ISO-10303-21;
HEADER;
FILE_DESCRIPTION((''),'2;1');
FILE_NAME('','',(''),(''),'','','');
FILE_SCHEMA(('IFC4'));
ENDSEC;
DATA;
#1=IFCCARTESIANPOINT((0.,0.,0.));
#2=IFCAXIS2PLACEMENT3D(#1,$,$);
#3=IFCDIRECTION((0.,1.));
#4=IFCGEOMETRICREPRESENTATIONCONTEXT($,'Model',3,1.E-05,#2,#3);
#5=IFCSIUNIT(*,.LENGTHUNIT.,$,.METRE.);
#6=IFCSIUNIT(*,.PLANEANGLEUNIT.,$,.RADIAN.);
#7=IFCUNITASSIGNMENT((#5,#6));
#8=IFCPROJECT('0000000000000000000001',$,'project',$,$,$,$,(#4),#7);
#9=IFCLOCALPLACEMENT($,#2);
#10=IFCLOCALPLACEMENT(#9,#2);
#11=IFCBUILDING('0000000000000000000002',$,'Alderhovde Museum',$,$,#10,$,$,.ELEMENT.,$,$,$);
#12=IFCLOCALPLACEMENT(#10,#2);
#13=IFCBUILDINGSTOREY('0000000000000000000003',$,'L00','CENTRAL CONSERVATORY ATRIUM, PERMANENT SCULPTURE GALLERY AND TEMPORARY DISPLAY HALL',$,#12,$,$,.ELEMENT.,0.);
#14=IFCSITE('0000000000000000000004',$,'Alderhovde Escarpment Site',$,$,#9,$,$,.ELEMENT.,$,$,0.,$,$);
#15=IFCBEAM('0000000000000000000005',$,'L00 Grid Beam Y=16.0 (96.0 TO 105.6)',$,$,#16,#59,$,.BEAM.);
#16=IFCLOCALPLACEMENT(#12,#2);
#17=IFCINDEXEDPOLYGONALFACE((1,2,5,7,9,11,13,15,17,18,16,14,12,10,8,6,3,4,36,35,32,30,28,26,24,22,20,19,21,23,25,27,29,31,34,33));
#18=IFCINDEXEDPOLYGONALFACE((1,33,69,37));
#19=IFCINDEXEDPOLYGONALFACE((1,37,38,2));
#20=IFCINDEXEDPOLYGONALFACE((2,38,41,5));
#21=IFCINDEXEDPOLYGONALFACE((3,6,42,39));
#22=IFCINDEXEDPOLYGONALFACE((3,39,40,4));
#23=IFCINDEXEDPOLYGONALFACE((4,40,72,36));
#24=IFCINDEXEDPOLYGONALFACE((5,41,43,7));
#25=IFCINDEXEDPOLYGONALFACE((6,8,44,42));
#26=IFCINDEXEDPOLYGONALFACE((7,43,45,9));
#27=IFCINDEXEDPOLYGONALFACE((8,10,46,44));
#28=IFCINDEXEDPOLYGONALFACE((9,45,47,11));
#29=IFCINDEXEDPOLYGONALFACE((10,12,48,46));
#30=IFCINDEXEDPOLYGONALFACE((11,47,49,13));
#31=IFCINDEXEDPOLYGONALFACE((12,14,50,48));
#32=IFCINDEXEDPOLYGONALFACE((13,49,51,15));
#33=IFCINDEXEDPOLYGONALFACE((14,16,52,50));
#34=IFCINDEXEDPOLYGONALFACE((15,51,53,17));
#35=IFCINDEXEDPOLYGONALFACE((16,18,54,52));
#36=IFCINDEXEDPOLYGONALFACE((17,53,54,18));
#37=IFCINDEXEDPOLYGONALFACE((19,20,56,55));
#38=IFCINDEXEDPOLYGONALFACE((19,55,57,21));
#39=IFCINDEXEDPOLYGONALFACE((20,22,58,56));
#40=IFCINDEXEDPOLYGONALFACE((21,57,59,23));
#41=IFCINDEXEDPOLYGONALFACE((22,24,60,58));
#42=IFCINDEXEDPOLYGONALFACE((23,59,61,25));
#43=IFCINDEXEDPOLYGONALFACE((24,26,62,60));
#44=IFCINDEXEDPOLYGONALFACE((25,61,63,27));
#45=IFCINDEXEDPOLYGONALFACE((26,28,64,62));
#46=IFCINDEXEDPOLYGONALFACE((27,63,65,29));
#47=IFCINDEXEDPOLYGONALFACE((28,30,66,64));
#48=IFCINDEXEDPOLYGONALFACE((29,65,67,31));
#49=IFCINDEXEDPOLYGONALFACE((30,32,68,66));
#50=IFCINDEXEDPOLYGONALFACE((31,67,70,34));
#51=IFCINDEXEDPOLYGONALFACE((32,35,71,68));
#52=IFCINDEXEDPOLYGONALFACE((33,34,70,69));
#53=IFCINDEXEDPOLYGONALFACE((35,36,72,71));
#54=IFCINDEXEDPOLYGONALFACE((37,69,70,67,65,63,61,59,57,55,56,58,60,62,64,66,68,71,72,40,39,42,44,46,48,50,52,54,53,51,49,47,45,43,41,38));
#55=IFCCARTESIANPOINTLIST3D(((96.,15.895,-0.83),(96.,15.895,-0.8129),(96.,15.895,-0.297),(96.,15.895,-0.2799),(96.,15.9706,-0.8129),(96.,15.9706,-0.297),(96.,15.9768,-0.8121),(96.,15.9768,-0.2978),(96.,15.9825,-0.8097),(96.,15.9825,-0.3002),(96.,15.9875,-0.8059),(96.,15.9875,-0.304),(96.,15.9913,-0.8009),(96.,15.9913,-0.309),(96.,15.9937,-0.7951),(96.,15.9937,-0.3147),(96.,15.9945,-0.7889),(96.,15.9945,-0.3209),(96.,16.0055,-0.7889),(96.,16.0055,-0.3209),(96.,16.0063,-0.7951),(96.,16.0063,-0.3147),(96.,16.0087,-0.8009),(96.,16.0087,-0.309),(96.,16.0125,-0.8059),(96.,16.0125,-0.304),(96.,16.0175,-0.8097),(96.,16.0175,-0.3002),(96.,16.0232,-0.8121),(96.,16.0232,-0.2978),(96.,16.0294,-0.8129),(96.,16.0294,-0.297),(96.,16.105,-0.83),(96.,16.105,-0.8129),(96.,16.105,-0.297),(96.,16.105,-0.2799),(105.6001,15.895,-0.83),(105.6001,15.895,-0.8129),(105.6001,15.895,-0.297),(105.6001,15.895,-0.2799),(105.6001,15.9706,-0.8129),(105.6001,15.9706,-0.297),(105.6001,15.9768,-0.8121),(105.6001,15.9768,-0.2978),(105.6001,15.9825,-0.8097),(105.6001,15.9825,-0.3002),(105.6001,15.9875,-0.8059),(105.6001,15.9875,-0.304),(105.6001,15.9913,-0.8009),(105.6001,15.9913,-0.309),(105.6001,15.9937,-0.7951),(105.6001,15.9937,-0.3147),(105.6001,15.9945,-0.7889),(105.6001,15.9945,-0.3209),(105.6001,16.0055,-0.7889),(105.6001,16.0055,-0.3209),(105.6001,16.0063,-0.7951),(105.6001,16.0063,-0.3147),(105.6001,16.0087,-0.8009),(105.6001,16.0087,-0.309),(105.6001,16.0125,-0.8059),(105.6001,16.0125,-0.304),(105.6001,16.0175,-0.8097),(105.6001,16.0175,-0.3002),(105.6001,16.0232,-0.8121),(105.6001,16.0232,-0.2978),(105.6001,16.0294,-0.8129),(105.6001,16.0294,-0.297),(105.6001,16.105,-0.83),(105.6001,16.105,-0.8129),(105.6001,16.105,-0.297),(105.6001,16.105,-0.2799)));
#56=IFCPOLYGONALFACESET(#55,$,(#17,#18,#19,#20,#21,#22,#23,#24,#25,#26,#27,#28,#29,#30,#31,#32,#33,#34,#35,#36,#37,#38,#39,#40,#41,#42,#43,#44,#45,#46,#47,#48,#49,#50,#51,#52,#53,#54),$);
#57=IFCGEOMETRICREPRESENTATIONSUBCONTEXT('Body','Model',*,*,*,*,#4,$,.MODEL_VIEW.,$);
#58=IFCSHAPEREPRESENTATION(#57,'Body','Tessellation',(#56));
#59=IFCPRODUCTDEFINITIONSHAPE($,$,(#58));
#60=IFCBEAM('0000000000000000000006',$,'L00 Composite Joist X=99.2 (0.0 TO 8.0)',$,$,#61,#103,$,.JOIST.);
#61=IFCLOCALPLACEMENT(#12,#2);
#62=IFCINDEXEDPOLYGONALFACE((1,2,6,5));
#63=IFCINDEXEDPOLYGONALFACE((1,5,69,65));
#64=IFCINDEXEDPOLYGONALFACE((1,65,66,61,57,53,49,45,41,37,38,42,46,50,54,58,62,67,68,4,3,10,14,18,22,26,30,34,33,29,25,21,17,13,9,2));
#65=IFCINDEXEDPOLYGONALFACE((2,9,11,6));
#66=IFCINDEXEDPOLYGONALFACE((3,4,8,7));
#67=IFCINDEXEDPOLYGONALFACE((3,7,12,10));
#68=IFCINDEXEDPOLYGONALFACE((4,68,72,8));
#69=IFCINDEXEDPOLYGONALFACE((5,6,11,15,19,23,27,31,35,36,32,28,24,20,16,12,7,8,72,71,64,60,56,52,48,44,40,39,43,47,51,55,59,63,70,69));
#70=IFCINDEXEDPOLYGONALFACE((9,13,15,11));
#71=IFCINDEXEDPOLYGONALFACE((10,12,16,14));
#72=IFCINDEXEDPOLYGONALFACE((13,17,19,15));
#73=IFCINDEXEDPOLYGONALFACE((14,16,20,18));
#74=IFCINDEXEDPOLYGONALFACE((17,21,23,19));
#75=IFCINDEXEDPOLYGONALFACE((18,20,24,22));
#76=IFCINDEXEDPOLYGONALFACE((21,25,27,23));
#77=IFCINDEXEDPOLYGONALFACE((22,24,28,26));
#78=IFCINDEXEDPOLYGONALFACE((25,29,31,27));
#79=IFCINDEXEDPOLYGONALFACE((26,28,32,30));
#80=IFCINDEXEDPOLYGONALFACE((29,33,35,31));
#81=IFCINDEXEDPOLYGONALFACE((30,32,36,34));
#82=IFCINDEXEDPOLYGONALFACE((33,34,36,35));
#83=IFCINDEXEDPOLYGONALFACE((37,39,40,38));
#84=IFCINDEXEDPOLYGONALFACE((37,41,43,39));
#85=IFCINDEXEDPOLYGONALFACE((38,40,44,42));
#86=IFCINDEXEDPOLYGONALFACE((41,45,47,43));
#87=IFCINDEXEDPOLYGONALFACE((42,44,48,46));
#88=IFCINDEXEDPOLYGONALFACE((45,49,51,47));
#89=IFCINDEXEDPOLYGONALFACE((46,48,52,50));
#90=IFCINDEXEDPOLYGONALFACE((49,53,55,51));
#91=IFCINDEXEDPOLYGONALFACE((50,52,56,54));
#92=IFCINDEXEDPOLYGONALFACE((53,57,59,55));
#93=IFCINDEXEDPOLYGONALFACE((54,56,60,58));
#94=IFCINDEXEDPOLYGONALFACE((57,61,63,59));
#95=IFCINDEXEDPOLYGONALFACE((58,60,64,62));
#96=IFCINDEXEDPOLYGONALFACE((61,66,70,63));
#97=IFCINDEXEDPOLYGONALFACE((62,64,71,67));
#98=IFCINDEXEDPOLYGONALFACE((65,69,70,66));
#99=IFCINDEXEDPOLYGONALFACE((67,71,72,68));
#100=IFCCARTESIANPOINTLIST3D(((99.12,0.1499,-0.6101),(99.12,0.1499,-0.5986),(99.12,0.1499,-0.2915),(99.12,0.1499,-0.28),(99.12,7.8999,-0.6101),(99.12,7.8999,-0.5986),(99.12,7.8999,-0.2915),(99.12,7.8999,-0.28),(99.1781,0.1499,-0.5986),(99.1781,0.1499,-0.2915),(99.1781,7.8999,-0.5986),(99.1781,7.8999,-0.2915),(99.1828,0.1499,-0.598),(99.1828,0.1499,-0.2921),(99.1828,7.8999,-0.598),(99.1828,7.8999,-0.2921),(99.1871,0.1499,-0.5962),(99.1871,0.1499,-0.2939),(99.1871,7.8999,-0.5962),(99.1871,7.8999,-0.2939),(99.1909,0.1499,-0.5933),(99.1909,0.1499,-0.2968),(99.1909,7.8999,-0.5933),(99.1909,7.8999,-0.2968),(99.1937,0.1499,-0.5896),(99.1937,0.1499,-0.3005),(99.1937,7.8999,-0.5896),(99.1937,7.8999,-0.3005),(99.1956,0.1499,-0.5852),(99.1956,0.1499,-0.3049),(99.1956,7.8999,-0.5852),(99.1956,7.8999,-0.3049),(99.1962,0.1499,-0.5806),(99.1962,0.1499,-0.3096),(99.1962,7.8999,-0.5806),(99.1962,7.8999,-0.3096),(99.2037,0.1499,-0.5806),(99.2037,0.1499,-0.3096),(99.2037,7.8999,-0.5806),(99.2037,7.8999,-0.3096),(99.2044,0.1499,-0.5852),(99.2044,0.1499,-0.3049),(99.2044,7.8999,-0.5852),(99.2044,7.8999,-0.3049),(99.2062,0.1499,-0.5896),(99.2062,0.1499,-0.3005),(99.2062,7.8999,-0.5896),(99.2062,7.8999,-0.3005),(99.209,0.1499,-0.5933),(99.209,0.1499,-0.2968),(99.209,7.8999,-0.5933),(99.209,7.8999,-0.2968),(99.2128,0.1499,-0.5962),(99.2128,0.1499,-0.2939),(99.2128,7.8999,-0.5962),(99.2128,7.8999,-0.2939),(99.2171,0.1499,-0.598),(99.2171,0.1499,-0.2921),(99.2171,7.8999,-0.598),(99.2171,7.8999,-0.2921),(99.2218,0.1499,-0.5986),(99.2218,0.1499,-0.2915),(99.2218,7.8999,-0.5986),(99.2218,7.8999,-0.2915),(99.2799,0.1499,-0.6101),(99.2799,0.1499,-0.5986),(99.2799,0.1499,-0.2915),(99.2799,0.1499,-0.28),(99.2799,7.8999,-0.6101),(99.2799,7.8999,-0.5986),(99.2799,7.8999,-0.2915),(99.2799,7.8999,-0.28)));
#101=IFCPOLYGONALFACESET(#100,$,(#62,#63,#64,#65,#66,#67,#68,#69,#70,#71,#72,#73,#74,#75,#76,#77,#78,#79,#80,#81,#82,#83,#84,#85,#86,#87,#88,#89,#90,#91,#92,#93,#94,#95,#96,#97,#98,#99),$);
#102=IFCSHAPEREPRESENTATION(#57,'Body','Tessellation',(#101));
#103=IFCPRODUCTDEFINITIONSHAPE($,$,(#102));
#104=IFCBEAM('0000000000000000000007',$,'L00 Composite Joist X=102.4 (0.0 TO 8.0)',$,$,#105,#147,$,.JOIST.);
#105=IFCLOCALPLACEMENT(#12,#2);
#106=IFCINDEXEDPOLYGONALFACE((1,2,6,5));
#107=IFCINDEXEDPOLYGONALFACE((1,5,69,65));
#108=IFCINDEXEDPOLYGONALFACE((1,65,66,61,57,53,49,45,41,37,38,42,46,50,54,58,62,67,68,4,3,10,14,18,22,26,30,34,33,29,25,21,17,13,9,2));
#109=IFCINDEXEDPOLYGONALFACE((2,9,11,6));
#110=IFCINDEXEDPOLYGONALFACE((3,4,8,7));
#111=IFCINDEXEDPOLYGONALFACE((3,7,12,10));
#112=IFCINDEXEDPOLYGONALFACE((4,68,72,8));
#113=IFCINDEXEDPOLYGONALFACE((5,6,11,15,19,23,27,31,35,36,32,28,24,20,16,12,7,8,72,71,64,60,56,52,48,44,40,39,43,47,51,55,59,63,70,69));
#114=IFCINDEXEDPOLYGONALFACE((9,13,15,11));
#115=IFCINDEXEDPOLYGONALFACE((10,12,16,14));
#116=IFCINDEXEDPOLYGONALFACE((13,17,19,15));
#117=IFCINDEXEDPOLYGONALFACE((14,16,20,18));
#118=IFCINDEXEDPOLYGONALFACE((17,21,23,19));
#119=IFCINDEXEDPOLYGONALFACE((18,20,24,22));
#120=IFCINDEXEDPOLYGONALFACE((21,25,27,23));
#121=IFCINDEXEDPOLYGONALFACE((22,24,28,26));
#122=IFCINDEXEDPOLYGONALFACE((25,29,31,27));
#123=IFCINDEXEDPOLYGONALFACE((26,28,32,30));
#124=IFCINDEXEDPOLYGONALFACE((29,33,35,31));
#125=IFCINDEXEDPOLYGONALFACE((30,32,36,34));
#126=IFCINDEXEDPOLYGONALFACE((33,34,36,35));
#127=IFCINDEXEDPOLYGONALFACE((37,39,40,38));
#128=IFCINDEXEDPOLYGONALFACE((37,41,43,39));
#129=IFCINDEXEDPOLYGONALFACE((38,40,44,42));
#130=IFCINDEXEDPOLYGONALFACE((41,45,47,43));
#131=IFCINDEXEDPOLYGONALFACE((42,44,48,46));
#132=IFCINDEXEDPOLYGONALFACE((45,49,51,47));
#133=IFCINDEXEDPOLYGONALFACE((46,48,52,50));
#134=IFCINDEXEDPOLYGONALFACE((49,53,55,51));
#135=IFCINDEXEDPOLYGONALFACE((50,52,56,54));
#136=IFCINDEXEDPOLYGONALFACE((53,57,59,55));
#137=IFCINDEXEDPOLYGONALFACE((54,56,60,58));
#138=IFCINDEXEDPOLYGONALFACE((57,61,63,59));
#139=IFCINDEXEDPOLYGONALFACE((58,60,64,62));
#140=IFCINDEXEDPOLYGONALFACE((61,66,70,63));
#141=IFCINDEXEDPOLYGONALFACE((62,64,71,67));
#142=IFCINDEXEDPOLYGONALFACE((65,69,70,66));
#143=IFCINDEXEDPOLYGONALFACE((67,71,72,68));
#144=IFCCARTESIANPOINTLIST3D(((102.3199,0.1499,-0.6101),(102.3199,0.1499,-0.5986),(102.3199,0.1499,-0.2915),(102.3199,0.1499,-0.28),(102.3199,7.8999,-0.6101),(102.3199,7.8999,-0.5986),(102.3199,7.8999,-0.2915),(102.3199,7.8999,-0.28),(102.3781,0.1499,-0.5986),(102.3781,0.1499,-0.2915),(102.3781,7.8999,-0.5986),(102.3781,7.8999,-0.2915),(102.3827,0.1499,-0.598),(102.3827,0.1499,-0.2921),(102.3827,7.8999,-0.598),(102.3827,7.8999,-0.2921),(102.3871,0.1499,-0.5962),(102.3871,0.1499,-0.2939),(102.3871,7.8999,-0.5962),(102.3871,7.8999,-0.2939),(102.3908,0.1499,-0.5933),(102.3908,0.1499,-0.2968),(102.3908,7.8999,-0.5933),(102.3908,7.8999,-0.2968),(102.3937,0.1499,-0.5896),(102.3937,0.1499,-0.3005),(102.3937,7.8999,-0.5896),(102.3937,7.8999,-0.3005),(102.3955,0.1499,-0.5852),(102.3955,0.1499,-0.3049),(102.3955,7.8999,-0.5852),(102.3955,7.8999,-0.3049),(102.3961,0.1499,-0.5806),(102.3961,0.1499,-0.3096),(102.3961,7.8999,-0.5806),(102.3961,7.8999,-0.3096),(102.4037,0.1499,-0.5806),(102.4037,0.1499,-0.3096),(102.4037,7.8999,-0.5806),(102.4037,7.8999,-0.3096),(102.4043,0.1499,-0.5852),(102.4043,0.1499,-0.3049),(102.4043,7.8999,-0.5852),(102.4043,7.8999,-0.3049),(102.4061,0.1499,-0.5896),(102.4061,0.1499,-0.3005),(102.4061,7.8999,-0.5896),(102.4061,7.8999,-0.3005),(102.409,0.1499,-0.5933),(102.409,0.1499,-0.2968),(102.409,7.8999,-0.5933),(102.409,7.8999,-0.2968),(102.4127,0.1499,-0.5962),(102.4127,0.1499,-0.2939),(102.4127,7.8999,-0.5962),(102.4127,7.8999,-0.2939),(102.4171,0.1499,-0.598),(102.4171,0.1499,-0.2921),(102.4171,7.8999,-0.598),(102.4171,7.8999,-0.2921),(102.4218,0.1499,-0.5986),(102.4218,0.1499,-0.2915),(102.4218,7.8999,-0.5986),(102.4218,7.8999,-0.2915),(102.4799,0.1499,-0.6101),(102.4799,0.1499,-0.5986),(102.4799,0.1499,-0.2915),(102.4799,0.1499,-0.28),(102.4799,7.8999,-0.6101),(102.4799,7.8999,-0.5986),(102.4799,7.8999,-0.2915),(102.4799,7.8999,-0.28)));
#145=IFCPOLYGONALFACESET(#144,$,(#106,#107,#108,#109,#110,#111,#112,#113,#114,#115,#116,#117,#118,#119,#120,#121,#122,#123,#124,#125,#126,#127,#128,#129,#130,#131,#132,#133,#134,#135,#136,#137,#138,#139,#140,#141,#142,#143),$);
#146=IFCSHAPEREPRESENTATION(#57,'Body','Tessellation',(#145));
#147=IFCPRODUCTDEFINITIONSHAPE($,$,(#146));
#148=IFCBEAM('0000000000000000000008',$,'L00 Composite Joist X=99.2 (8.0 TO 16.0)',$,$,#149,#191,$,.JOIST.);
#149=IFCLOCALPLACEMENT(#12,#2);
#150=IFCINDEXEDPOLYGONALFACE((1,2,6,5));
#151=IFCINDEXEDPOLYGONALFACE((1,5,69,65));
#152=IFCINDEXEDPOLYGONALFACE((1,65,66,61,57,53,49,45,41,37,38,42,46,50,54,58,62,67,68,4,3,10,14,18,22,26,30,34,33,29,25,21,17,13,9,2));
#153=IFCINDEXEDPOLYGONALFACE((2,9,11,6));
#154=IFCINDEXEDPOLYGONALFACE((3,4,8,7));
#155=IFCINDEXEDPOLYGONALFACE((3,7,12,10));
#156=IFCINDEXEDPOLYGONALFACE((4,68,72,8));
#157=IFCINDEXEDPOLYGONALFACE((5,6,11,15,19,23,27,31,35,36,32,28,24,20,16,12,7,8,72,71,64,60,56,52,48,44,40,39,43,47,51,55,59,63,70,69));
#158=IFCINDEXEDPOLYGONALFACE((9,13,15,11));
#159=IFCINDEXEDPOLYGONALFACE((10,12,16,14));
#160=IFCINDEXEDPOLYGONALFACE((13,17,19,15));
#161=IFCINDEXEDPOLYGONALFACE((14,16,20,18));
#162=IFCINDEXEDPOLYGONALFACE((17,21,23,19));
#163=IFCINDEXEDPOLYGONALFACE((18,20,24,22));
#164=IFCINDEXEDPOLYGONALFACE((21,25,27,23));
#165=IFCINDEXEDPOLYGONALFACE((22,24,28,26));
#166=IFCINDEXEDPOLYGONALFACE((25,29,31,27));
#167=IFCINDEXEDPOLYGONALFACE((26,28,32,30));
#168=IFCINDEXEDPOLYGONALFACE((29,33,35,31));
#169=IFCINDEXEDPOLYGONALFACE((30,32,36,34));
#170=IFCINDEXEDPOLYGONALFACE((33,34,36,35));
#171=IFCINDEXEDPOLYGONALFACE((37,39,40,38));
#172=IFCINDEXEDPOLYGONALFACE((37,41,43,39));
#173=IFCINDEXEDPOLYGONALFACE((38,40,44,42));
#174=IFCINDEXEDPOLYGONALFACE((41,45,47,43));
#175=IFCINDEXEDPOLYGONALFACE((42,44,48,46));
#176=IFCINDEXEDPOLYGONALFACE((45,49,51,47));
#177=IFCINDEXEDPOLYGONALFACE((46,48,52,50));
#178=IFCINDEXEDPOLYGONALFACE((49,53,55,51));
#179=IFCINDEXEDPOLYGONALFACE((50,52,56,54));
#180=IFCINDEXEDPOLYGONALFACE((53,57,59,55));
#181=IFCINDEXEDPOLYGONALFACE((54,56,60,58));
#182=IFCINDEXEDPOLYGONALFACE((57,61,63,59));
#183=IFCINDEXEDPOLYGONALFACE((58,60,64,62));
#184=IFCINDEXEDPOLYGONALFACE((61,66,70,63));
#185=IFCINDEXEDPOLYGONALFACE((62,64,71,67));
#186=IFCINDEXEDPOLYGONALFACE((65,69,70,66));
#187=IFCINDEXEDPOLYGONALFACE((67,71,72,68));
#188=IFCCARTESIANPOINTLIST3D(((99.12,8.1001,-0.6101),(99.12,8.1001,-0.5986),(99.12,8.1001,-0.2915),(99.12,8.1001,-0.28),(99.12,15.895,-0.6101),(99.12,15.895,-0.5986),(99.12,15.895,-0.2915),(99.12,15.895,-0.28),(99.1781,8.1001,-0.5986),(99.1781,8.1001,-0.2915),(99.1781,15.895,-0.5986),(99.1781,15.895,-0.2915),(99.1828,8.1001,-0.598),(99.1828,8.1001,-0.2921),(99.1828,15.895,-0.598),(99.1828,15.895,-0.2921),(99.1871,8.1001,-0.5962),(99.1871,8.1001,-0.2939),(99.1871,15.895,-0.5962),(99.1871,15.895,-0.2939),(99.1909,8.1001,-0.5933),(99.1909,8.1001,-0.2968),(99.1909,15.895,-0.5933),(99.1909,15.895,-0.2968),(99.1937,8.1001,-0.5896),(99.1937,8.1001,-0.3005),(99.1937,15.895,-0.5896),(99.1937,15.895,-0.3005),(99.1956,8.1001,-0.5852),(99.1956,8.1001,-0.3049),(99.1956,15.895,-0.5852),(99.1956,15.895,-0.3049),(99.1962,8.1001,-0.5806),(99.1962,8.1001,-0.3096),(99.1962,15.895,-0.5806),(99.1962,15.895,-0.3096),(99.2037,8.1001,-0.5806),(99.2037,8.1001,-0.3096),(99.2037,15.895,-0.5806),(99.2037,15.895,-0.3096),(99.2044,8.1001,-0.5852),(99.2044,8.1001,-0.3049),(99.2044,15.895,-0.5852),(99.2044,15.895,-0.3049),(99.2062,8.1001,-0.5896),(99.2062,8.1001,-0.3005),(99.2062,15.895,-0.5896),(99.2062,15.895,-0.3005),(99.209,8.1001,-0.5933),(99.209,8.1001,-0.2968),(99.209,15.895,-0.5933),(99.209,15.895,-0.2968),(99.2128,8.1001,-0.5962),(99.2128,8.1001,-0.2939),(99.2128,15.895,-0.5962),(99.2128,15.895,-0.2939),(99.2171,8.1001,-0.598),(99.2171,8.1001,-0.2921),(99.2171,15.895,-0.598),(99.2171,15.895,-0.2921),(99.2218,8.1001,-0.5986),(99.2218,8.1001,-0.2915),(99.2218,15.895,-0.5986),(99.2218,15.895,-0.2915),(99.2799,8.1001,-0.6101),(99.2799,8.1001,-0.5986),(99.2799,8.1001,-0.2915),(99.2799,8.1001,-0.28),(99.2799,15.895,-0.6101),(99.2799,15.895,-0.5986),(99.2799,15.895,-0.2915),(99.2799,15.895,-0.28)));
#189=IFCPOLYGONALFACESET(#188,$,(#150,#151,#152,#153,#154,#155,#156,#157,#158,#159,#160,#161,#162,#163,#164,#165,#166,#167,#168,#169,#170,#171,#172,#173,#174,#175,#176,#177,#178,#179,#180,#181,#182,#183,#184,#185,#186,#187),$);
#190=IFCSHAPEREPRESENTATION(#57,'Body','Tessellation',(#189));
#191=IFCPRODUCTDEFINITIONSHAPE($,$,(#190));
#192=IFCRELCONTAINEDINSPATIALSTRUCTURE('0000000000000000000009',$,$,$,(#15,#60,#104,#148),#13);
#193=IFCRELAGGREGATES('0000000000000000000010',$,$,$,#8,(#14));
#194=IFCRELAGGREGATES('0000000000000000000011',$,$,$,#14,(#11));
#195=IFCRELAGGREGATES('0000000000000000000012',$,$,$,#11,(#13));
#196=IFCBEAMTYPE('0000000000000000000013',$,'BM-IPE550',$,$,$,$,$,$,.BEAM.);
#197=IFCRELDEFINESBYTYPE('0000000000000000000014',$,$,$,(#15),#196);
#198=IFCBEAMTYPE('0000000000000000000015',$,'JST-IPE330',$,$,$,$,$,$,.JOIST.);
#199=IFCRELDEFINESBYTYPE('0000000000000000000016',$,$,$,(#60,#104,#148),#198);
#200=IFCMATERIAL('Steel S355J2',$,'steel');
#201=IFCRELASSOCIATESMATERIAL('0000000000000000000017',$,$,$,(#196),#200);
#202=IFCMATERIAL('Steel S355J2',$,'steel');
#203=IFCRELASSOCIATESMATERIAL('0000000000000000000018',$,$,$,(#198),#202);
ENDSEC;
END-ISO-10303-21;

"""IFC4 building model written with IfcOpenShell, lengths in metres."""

from ifc_helpers import new_model, si_unit, direction, frame, origin, origin_2d, place, context, subcontext, project, spatial, i_section, extrude, material, material_profile, profile_set, type_object, element, save


model = new_model("IFC4")

# Units and contexts
model_context = context("Model", 3, precision=1e-05, world=origin(), true_north=direction((0.0, 1.0)))
body_context = subcontext(model_context, "Body", "Model", "MODEL_VIEW")
ifc_project = project(units=[si_unit("LENGTHUNIT", "METRE"), si_unit("PLANEANGLEUNIT", "RADIAN")], contexts=[model_context])

# Site, building, storey
site_placement = place(None, origin())
site = spatial("IfcSite", under=ifc_project, at=site_placement, Name="Alderhovde Escarpment Site", CompositionType="ELEMENT", RefElevation=0.0)
building_placement = place(site_placement, origin())
building = spatial("IfcBuilding", under=site, at=building_placement, Name="Alderhovde Museum", CompositionType="ELEMENT")
storey_placement = place(building_placement, origin())
storey = spatial("IfcBuildingStorey", under=building, at=storey_placement, Name="L00", Description="CENTRAL CONSERVATORY ATRIUM, PERMANENT SCULPTURE GALLERY AND TEMPORARY DISPLAY HALL", CompositionType="ELEMENT", Elevation=0.0)

# Beams
ifc_material_1 = material(Name="Steel S355J2", Category="steel")
ifc_material_profile_1 = material_profile(ifc_material_1, i_section(OverallWidth=0.21, OverallDepth=0.55, WebThickness=0.011, FlangeThickness=0.0171, FilletRadius=0.0239, at=origin_2d()), Name="IPE 550")
ifc_profile_set_1 = profile_set([ifc_material_profile_1], Name="Steel S355J2")
beam_type_1 = type_object("IfcBeamType", Name="BM-IPE550", PredefinedType="BEAM", material=ifc_profile_set_1)
beam_1_placement = place(storey_placement, frame((96.0, 16.0, -0.5549), z_axis=(1.0, 0.0, 0.0), x_axis=(0.0, 1.0, 0.0)))
element("IfcBeam", 1, at=beam_1_placement, inside=storey, type_object=beam_type_1, Name="L00 Grid Beam Y=16.0 (96.0 TO 105.6)", PredefinedType="BEAM", context=body_context, shape_type="SweptSolid", body=[
    extrude(i_section(OverallWidth=0.21, OverallDepth=0.55, WebThickness=0.011, FlangeThickness=0.0171, FilletRadius=0.0239, at=origin_2d()), origin(), (0.0, 0.0, 1.0), 9.6001),
])
ifc_material_2 = material(Name="Steel S355J2", Category="steel")
ifc_material_profile_2 = material_profile(ifc_material_2, i_section(OverallWidth=0.1599, OverallDepth=0.3301, WebThickness=0.0076, FlangeThickness=0.0115, FilletRadius=0.0181, at=origin_2d()), Name="IPE 330")
ifc_profile_set_2 = profile_set([ifc_material_profile_2], Name="Steel S355J2")
beam_type_2 = type_object("IfcBeamType", Name="JST-IPE330", PredefinedType="JOIST", material=ifc_profile_set_2)
for number, where, z_axis, x_axis, name in (
    (2, (99.2, 0.1499, -0.4451), (0.0, 1.0, 0.0), (-1.0, 0.0, 0.0), "L00 Composite Joist X=99.2 (0.0 TO 8.0)"),
    (3, (102.3999, 0.1499, -0.4451), (0.0, 1.0, 0.0), (-1.0, 0.0, 0.0), "L00 Composite Joist X=102.4 (0.0 TO 8.0)"),
):
    element("IfcBeam", number, at=place(storey_placement, frame(where, z_axis=z_axis, x_axis=x_axis)), inside=storey, type_object=beam_type_2, Name=name, PredefinedType="JOIST", context=body_context, shape_type="SweptSolid", body=[
        extrude(i_section(OverallWidth=0.1599, OverallDepth=0.3301, WebThickness=0.0076, FlangeThickness=0.0115, FilletRadius=0.0181, at=origin_2d()), origin(), (0.0, 0.0, 1.0), 7.75),
    ])
for number, where, z_axis, x_axis, name in (
    (4, (99.2, 8.1001, -0.4451), (0.0, 1.0, 0.0), (-1.0, 0.0, 0.0), "L00 Composite Joist X=99.2 (8.0 TO 16.0)"),
):
    element("IfcBeam", number, at=place(storey_placement, frame(where, z_axis=z_axis, x_axis=x_axis)), inside=storey, type_object=beam_type_2, Name=name, PredefinedType="JOIST", context=body_context, shape_type="SweptSolid", body=[
        extrude(i_section(OverallWidth=0.1599, OverallDepth=0.3301, WebThickness=0.0076, FlangeThickness=0.0115, FilletRadius=0.0181, at=origin_2d()), origin(), (0.0, 0.0, 1.0), 7.7949),
    ])

save(model, "model.ifc")
